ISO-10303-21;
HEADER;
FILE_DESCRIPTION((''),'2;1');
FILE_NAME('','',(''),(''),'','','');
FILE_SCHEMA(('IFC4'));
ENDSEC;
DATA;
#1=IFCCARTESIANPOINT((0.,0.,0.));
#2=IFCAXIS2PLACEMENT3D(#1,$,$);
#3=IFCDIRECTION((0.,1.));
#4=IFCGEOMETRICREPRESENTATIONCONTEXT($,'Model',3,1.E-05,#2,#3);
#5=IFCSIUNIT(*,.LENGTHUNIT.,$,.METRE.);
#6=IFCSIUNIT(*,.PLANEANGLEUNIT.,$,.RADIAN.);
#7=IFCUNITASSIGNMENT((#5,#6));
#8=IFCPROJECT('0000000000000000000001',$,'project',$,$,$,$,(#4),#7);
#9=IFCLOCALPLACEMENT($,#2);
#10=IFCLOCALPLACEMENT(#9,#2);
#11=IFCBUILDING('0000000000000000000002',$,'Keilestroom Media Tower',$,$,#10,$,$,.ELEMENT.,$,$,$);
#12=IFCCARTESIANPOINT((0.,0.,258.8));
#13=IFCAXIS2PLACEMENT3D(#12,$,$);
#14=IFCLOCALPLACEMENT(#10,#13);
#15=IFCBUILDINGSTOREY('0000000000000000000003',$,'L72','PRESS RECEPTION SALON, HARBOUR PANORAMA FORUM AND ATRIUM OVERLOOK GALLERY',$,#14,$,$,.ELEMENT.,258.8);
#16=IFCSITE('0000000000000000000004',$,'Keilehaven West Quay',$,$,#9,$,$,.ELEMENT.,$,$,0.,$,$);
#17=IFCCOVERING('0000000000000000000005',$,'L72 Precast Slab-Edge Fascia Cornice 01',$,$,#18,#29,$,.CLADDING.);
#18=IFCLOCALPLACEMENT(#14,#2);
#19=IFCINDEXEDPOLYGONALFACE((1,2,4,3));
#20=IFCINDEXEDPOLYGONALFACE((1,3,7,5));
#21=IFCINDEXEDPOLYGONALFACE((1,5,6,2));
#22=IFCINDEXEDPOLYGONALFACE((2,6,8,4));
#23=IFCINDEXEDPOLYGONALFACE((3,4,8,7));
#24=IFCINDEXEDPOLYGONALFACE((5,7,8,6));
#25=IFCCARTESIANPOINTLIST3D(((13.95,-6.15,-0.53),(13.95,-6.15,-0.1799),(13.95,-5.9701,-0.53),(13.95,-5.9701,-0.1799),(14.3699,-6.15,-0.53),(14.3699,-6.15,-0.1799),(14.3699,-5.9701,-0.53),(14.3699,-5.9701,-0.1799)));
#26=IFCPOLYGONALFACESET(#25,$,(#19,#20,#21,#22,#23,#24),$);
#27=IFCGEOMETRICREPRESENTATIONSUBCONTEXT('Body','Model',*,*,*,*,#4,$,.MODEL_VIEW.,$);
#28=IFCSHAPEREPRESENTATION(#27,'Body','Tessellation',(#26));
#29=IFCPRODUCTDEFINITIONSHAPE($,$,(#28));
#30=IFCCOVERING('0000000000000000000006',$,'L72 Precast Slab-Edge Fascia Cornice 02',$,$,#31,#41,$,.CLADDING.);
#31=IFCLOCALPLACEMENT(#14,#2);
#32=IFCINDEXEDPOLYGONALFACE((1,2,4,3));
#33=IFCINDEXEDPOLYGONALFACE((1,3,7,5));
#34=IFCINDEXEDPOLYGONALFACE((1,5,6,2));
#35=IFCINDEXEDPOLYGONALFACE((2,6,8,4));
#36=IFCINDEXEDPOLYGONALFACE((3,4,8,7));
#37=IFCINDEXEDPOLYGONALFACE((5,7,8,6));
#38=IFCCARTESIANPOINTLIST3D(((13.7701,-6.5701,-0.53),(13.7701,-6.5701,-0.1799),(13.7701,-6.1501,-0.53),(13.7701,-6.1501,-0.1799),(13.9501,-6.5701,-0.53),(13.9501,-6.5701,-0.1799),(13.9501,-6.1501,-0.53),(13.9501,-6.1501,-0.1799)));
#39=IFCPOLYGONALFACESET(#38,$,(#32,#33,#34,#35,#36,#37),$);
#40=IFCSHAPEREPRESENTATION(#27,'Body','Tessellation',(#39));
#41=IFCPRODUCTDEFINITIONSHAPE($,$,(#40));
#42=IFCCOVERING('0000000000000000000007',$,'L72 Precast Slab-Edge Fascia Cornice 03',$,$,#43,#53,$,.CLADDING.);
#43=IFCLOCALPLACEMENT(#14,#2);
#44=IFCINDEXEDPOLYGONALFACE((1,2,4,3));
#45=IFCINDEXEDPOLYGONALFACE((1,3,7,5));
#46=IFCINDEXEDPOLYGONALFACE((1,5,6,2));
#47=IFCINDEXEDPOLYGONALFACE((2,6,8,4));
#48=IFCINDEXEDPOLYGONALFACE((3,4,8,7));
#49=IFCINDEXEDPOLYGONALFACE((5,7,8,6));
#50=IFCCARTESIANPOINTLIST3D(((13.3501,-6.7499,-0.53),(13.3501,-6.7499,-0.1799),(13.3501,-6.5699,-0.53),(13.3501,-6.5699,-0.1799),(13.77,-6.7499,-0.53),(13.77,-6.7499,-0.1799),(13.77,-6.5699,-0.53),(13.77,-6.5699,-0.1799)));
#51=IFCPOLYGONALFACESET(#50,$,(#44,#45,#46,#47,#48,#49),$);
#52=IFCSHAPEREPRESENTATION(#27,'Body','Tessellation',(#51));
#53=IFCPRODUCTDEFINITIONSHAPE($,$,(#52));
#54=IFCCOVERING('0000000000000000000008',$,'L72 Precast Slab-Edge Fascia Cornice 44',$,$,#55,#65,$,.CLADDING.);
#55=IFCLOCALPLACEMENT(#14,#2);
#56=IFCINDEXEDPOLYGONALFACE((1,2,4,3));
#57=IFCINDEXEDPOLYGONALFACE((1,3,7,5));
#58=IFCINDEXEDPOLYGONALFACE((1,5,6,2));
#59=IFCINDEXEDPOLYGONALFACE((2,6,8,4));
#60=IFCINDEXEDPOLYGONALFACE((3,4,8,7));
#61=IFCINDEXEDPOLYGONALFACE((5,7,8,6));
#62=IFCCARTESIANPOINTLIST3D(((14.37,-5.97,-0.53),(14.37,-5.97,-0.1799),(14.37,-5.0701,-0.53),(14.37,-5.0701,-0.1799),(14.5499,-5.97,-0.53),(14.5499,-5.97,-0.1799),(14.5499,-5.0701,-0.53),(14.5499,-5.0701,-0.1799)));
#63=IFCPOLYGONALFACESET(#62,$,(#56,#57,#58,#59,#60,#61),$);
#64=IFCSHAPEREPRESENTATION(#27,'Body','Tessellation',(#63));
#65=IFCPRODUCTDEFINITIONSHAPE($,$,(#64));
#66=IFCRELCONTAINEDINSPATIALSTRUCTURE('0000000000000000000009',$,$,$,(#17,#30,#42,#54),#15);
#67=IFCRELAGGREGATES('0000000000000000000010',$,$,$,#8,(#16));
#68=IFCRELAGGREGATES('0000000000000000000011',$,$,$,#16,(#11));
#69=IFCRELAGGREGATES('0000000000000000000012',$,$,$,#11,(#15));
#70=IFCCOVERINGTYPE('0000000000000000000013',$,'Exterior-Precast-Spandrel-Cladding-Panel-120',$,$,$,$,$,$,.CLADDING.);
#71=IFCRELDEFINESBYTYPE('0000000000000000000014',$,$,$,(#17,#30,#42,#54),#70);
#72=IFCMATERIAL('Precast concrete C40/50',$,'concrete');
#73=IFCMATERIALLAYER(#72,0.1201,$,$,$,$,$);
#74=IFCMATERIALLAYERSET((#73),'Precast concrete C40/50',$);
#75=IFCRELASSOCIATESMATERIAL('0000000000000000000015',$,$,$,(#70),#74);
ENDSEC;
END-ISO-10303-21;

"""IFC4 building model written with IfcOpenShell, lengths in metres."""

from ifc_helpers import new_model, si_unit, direction, frame, origin, origin_2d, place, context, subcontext, project, spatial, rectangle, extrude, source, transform, mapped, material, layer, layer_set, type_object, element, save


model = new_model("IFC4")

# Units and contexts
model_context = context("Model", 3, precision=1e-05, world=origin(), true_north=direction((0.0, 1.0)))
body_context = subcontext(model_context, "Body", "Model", "MODEL_VIEW")
ifc_project = project(units=[si_unit("LENGTHUNIT", "METRE"), si_unit("PLANEANGLEUNIT", "RADIAN")], contexts=[model_context])

# Site, building, storey
site_placement = place(None, origin())
site = spatial("IfcSite", under=ifc_project, at=site_placement, Name="Keilehaven West Quay", CompositionType="ELEMENT", RefElevation=0.0)
building_placement = place(site_placement, origin())
building = spatial("IfcBuilding", under=site, at=building_placement, Name="Keilestroom Media Tower", CompositionType="ELEMENT")
storey_placement = place(building_placement, frame((0.0, 0.0, 258.8)))
storey = spatial("IfcBuildingStorey", under=building, at=storey_placement, Name="L72", Description="PRESS RECEPTION SALON, HARBOUR PANORAMA FORUM AND ATRIUM OVERLOOK GALLERY", CompositionType="ELEMENT", Elevation=258.8)

# Shared definitions
ifc_material_1 = material(Name="Precast concrete C40/50", Category="concrete")

# Coverings
ifc_layer_1 = layer(ifc_material_1, 0.1201)
ifc_layer_set_1 = layer_set([ifc_layer_1], Name="Precast concrete C40/50")
covering_type = type_object("IfcCoveringType", Name="Exterior-Precast-Spandrel-Cladding-Panel-120", PredefinedType="CLADDING", material=ifc_layer_set_1)
shared_shape_1 = source(origin(), body_context, "Body", "SweptSolid", [
    extrude(rectangle(XDim=0.4199, YDim=0.1799, at=origin_2d()), origin(), (0.0, 0.0, 1.0), 0.3501),
])
for number, where, z_axis, x_axis, name in (
    (1, (14.1599, -6.0601, -0.53), (0.0, 0.0, 1.0), (-1.0, 0.0, 0.0), "L72 Precast Slab-Edge Fascia Cornice 01"),
    (2, (13.8601, -6.3601, -0.53), (0.0, 0.0, 1.0), (0.0, -1.0, 0.0), "L72 Precast Slab-Edge Fascia Cornice 02"),
    (3, (13.5601, -6.6599, -0.53), (0.0, 0.0, 1.0), (-1.0, 0.0, 0.0), "L72 Precast Slab-Edge Fascia Cornice 03"),
):
    element("IfcCovering", number, at=place(storey_placement, frame(where, z_axis=z_axis, x_axis=x_axis)), inside=storey, type_object=covering_type, Name=name, PredefinedType="CLADDING", context=body_context, shape_type="MappedRepresentation", body=[
        mapped(shared_shape_1, transform((0.0, 0.0, 0.0), x_axis=(1.0, 0.0, 0.0), y_axis=(0.0, 1.0, 0.0), z_axis=(0.0, 0.0, 1.0), scale=1.0)),
    ])
shared_shape_2 = source(origin(), body_context, "Body", "SweptSolid", [
    extrude(rectangle(XDim=0.8999, YDim=0.1799, at=origin_2d()), origin(), (0.0, 0.0, 1.0), 0.3501),
])
covering_placement = place(storey_placement, frame((14.46, -5.52, -0.53), z_axis=(0.0, 0.0, 1.0), x_axis=(0.0, -1.0, 0.0)))
element("IfcCovering", 4, at=covering_placement, inside=storey, type_object=covering_type, Name="L72 Precast Slab-Edge Fascia Cornice 44", PredefinedType="CLADDING", context=body_context, shape_type="MappedRepresentation", body=[
    mapped(shared_shape_2, transform((0.0, 0.0, 0.0), x_axis=(1.0, 0.0, 0.0), y_axis=(0.0, 1.0, 0.0), z_axis=(0.0, 0.0, 1.0), scale=1.0)),
])

save(model, "model.ifc")
